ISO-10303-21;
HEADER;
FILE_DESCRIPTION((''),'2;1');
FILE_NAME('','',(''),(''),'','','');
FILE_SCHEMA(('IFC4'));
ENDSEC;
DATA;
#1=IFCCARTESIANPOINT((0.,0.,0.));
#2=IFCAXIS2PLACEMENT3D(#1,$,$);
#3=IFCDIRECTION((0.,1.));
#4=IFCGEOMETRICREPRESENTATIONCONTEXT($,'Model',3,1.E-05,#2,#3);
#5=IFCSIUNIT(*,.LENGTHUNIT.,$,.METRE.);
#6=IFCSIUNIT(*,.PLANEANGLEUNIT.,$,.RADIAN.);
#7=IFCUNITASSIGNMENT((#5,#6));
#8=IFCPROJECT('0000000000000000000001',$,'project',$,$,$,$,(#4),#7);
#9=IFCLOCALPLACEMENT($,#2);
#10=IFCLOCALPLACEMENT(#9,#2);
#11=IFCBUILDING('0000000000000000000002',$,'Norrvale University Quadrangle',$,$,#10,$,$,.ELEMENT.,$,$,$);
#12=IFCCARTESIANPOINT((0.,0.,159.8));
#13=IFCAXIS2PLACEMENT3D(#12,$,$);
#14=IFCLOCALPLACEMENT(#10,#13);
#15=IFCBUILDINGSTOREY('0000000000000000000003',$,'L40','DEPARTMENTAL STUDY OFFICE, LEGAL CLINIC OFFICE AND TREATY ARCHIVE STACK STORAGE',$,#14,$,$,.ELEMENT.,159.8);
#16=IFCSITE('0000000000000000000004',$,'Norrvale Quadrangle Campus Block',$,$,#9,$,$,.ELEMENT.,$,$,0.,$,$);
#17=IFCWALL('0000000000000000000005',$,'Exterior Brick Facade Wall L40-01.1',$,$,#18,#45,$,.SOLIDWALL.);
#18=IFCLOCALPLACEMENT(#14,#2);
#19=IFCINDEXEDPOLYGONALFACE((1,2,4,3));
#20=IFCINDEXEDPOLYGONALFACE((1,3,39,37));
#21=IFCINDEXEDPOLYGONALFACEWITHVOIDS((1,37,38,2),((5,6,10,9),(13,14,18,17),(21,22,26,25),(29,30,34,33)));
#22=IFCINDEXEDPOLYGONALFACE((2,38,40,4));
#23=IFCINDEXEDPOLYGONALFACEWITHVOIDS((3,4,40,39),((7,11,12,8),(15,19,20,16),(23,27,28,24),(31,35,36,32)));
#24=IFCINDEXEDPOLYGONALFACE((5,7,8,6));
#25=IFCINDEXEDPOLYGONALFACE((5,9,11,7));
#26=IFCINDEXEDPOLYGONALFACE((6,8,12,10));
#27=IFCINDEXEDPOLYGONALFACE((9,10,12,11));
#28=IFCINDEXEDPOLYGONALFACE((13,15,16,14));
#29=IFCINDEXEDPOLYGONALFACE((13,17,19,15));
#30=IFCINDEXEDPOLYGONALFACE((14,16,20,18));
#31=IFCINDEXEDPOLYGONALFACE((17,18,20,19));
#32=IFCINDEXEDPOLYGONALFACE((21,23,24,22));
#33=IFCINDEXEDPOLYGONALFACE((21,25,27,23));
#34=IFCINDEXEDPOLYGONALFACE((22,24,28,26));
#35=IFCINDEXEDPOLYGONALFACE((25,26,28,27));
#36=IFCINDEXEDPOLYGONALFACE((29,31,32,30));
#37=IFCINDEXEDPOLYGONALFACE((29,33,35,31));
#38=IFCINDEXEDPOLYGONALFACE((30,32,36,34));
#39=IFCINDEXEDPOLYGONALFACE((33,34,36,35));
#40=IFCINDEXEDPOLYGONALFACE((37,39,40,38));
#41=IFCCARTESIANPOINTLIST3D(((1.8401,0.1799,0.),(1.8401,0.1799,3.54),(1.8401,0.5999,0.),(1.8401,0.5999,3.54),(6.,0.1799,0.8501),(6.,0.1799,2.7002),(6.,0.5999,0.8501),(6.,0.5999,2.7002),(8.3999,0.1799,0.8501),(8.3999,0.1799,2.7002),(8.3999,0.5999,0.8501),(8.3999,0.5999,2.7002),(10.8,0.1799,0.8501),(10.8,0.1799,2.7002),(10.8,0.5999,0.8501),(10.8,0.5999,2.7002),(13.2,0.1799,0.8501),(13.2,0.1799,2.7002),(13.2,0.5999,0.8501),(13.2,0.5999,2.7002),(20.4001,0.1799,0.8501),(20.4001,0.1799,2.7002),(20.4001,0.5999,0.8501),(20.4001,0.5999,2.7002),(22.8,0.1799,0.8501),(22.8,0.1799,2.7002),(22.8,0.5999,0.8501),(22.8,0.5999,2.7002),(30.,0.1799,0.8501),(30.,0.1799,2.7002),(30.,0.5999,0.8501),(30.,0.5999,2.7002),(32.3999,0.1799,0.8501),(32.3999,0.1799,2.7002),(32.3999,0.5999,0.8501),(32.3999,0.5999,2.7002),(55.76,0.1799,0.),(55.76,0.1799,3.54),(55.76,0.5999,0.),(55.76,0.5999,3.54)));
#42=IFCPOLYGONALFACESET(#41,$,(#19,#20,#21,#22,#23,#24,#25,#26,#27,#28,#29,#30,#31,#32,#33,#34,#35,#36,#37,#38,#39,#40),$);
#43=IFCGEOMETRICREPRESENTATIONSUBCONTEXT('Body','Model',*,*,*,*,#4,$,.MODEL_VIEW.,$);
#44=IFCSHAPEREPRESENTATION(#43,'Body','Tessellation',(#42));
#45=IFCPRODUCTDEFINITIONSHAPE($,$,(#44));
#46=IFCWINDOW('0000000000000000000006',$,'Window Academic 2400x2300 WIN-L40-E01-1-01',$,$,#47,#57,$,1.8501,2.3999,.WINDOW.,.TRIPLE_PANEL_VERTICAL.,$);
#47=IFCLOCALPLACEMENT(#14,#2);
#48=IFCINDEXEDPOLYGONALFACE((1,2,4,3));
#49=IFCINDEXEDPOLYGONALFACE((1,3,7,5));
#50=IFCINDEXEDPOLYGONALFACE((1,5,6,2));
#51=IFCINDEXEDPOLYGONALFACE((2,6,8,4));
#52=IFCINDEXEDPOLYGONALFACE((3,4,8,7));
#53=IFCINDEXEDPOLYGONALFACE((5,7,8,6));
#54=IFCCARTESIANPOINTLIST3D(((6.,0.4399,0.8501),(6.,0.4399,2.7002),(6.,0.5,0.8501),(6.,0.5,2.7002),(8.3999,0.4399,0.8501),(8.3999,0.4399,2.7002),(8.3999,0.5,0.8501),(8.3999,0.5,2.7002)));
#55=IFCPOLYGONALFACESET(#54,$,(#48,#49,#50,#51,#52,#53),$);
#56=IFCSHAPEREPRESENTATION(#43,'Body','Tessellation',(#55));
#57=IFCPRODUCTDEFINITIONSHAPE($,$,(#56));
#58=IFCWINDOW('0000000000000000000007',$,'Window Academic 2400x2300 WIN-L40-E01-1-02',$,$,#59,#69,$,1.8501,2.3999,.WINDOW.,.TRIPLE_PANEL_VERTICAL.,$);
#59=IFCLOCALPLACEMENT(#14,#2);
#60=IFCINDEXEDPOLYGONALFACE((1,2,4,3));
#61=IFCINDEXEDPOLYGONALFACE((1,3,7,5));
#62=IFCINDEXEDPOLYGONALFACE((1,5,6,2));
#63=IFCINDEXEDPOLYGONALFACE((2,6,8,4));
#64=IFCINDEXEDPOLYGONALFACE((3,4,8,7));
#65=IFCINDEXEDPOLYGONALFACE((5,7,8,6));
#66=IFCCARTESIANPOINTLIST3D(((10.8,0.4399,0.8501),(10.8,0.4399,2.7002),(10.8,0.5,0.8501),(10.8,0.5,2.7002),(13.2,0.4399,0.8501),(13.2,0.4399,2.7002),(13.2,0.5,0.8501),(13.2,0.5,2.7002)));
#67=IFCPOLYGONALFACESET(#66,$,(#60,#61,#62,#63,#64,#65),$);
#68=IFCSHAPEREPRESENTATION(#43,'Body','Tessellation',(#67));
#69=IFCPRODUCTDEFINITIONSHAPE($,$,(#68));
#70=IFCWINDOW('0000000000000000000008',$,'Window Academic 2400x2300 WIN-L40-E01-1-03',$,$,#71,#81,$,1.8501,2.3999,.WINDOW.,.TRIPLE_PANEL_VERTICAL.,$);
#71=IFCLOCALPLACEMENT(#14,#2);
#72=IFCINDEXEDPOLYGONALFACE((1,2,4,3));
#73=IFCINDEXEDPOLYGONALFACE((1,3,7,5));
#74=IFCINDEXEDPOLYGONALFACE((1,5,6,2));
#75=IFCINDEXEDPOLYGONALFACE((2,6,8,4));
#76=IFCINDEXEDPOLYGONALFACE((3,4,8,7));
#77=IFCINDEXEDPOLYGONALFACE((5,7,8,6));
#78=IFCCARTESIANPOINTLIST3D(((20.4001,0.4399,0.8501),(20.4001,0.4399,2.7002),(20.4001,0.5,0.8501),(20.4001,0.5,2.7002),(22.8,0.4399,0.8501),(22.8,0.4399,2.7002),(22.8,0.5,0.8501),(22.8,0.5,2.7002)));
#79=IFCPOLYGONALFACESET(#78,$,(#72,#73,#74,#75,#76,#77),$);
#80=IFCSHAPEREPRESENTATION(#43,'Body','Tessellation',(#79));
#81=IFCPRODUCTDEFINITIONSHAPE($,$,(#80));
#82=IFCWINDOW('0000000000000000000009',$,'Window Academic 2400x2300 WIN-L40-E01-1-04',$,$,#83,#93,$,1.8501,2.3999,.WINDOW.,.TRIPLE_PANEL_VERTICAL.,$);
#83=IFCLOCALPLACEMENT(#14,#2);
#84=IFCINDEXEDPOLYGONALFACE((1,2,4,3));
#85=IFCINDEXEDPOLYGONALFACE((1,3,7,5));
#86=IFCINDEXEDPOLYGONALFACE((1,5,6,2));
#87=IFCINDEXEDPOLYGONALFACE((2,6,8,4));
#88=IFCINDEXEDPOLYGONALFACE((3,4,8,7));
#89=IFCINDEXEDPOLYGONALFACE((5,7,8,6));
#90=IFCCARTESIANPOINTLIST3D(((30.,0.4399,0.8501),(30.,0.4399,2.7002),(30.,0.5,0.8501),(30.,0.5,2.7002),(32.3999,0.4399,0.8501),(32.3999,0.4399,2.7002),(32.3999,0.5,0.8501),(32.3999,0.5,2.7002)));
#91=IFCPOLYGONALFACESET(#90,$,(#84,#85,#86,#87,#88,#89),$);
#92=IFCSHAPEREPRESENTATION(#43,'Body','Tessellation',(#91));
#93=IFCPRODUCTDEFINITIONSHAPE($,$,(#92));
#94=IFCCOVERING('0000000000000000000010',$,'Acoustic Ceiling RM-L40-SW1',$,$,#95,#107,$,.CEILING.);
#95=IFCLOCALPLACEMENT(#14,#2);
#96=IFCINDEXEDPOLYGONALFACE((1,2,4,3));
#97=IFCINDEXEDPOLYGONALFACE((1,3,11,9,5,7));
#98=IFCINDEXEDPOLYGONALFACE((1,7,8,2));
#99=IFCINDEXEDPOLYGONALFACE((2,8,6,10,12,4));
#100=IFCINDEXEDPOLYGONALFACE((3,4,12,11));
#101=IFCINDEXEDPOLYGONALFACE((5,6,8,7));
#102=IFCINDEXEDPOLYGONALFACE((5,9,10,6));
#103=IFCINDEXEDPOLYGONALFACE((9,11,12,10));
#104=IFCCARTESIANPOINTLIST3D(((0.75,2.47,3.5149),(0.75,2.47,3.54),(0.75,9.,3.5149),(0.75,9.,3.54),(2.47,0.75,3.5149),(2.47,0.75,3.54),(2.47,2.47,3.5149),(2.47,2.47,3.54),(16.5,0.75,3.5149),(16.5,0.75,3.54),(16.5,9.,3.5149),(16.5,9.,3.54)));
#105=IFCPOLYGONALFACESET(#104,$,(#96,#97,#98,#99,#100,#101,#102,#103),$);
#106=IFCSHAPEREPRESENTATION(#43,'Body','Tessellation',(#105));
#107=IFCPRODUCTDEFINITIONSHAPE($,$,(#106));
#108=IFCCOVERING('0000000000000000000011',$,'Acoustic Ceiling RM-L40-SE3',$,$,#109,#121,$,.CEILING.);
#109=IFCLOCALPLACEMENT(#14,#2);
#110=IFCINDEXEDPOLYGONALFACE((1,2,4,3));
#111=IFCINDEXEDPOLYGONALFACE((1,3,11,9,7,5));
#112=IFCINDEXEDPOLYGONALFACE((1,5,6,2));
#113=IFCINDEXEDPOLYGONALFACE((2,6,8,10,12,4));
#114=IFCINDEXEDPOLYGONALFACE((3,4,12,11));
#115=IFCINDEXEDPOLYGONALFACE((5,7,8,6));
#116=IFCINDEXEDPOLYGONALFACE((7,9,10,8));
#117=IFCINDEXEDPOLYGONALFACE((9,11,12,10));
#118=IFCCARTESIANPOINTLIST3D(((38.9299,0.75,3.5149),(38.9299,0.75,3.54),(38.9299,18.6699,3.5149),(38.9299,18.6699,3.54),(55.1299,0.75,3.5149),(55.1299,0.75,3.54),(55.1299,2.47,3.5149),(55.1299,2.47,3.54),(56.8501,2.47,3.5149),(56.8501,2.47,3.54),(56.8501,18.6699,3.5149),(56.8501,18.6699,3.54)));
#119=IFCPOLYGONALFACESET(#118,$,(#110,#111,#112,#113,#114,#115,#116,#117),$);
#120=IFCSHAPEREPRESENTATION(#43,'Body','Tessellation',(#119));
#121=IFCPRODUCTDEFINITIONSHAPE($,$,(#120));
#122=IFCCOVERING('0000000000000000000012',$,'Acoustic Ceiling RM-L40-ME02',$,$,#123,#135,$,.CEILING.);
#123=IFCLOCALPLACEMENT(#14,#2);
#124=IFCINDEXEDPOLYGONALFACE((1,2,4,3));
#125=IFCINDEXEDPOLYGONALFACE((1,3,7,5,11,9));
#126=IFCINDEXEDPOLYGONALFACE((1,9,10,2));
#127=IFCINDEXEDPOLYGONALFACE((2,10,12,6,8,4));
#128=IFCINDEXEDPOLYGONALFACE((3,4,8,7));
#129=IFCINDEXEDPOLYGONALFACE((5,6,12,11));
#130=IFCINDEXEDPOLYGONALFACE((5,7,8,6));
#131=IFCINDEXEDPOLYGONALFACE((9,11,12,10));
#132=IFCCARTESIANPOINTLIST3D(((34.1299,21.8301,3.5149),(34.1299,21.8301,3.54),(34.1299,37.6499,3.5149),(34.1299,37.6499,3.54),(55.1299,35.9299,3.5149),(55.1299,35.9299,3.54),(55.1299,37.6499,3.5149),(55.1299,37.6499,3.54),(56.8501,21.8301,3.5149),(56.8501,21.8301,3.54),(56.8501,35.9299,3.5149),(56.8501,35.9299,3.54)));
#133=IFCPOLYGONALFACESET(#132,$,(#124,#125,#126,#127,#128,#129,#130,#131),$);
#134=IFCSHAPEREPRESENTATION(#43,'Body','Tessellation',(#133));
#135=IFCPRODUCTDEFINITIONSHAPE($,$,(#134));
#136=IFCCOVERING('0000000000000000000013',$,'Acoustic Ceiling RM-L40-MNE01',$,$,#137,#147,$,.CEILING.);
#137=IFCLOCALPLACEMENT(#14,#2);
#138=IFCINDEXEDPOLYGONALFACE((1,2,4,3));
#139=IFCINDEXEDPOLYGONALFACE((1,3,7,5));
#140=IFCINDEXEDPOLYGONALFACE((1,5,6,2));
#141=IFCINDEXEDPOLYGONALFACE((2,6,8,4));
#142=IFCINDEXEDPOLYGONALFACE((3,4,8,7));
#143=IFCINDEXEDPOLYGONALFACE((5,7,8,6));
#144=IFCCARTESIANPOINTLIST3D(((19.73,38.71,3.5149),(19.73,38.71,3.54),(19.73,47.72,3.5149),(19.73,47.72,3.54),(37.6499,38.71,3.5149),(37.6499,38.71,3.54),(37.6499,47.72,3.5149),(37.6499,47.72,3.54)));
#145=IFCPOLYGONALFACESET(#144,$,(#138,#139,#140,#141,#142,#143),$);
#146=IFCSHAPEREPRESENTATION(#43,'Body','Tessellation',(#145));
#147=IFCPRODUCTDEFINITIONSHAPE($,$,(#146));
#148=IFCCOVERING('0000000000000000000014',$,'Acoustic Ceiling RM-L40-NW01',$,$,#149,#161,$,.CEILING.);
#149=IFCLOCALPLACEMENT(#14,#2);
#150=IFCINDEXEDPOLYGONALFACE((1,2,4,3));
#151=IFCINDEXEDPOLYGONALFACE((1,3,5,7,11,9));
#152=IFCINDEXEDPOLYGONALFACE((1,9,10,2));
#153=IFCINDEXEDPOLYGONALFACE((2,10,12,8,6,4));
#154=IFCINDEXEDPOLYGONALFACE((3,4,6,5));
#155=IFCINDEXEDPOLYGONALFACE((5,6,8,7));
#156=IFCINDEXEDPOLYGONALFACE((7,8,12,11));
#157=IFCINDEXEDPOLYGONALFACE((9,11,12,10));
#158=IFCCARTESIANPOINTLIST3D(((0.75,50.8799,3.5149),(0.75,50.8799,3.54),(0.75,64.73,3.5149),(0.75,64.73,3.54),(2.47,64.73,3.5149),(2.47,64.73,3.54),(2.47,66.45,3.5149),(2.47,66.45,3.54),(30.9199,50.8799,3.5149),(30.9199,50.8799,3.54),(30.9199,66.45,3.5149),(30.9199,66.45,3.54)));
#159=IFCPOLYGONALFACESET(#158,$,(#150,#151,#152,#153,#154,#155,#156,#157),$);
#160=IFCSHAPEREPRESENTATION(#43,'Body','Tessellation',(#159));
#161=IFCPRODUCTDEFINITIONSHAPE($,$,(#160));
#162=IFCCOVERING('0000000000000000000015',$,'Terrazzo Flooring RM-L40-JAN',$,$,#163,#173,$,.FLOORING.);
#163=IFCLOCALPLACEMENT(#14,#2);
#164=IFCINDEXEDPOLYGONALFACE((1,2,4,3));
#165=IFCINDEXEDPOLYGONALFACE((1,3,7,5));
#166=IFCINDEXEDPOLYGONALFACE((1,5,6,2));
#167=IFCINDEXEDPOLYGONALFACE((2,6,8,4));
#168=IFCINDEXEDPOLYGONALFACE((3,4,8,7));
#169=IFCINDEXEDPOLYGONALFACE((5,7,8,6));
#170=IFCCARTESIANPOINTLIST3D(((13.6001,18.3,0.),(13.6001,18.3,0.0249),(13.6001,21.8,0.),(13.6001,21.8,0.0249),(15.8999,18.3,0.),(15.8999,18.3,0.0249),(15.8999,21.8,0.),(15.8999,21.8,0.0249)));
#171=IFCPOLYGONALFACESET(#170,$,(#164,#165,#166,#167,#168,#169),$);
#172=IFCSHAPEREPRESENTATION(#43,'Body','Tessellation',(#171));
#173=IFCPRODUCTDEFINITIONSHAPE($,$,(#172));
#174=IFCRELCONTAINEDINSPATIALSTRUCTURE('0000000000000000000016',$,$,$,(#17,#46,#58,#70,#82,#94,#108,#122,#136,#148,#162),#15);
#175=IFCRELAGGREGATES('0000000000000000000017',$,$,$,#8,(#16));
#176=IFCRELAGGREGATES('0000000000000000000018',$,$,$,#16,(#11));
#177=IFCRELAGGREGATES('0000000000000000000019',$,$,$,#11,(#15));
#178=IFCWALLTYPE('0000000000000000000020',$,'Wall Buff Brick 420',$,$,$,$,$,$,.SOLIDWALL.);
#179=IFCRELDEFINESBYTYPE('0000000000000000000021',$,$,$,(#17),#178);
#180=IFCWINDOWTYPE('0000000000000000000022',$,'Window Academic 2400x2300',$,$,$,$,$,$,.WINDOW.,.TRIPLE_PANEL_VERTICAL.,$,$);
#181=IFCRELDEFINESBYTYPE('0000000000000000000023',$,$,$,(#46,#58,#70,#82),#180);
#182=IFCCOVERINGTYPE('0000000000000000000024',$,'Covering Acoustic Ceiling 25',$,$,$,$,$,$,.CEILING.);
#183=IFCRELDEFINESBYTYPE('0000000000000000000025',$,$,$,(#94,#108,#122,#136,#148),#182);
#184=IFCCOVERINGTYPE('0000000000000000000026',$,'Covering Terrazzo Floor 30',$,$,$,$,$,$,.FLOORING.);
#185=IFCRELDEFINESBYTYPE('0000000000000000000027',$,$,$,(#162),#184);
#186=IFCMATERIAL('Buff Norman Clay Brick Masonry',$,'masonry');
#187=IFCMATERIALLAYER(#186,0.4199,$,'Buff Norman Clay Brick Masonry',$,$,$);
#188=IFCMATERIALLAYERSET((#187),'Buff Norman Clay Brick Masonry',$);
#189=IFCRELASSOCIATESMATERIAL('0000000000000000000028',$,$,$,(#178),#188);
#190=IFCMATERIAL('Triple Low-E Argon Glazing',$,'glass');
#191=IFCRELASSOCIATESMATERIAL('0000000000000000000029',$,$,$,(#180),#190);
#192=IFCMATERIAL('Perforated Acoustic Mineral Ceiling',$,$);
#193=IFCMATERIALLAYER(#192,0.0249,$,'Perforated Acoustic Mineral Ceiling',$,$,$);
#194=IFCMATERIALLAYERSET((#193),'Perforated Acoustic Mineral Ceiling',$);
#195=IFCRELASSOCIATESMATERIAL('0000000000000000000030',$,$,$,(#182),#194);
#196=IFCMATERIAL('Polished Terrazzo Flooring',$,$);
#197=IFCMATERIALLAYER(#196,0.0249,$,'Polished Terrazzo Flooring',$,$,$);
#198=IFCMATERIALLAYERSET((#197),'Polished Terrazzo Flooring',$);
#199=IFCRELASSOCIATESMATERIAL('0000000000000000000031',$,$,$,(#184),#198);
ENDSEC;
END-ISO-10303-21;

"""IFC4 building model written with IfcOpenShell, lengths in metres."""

from ifc_helpers import new_model, si_unit, direction, frame, frame_2d, origin, place, context, subcontext, project, spatial, polyline, rectangle, outline, extrude, material, layer, layer_set, type_object, element, fill, save


model = new_model("IFC4")

# Units and contexts
model_context = context("Model", 3, precision=1e-05, world=origin(), true_north=direction((0.0, 1.0)))
body_context = subcontext(model_context, "Body", "Model", "MODEL_VIEW")
ifc_project = project(units=[si_unit("LENGTHUNIT", "METRE"), si_unit("PLANEANGLEUNIT", "RADIAN")], contexts=[model_context])

# Site, building, storey
site_placement = place(None, origin())
site = spatial("IfcSite", under=ifc_project, at=site_placement, Name="Norrvale Quadrangle Campus Block", CompositionType="ELEMENT", RefElevation=0.0)
building_placement = place(site_placement, origin())
building = spatial("IfcBuilding", under=site, at=building_placement, Name="Norrvale University Quadrangle", CompositionType="ELEMENT")
storey_placement = place(building_placement, frame((0.0, 0.0, 159.8)))
storey = spatial("IfcBuildingStorey", under=building, at=storey_placement, Name="L40", Description="DEPARTMENTAL STUDY OFFICE, LEGAL CLINIC OFFICE AND TREATY ARCHIVE STACK STORAGE", CompositionType="ELEMENT", Elevation=159.8)

# Wall, openings, windows
ifc_material_1 = material(Name="Buff Norman Clay Brick Masonry", Category="masonry")
ifc_layer_1 = layer(ifc_material_1, 0.4199, Name="Buff Norman Clay Brick Masonry")
ifc_layer_set_1 = layer_set([ifc_layer_1], Name="Buff Norman Clay Brick Masonry")
wall_type = type_object("IfcWallType", Name="Wall Buff Brick 420", PredefinedType="SOLIDWALL", material=ifc_layer_set_1)
wall_placement = place(storey_placement, frame((1.8401, 0.3899, 0.0), z_axis=(0.0, 0.0, 1.0), x_axis=(1.0, 0.0, 0.0)))
wall = element("IfcWall", 1, at=wall_placement, inside=storey, type_object=wall_type, Name="Exterior Brick Facade Wall L40-01.1", PredefinedType="SOLIDWALL", context=body_context, shape_type="SweptSolid", body=[
    extrude(rectangle(XDim=53.9199, YDim=0.4199, at=frame_2d((26.96, 0.0))), origin(), (0.0, 0.0, 1.0), 3.54),
])
opening_1_placement = place(wall_placement, frame((4.1599, 0.0, 0.8501)))
opening_1 = element("IfcOpeningElement", 2, at=opening_1_placement, cuts=wall, PredefinedType="OPENING", context=body_context, shape_type="SweptSolid", body=[
    extrude(rectangle(XDim=2.3999, YDim=1.8501, at=frame_2d((1.2, 0.925))), frame((0.0, 0.2219, 0.0), z_axis=(0.0, -1.0, 0.0), x_axis=(1.0, 0.0, 0.0)), (0.0, 0.0, 1.0), 0.4438),
])
opening_2_placement = place(wall_placement, frame((8.96, 0.0, 0.8501)))
opening_2 = element("IfcOpeningElement", 3, at=opening_2_placement, cuts=wall, PredefinedType="OPENING", context=body_context, shape_type="SweptSolid", body=[
    extrude(rectangle(XDim=2.3999, YDim=1.8501, at=frame_2d((1.2, 0.925))), frame((0.0, 0.2219, 0.0), z_axis=(0.0, -1.0, 0.0), x_axis=(1.0, 0.0, 0.0)), (0.0, 0.0, 1.0), 0.4438),
])
opening_3_placement = place(wall_placement, frame((18.5601, 0.0, 0.8501)))
opening_3 = element("IfcOpeningElement", 4, at=opening_3_placement, cuts=wall, PredefinedType="OPENING", context=body_context, shape_type="SweptSolid", body=[
    extrude(rectangle(XDim=2.3999, YDim=1.8501, at=frame_2d((1.2, 0.925))), frame((0.0, 0.2219, 0.0), z_axis=(0.0, -1.0, 0.0), x_axis=(1.0, 0.0, 0.0)), (0.0, 0.0, 1.0), 0.4438),
])
opening_4_placement = place(wall_placement, frame((28.1599, 0.0, 0.8501)))
opening_4 = element("IfcOpeningElement", 5, at=opening_4_placement, cuts=wall, PredefinedType="OPENING", context=body_context, shape_type="SweptSolid", body=[
    extrude(rectangle(XDim=2.3999, YDim=1.8501, at=frame_2d((1.2, 0.925))), frame((0.0, 0.2219, 0.0), z_axis=(0.0, -1.0, 0.0), x_axis=(1.0, 0.0, 0.0)), (0.0, 0.0, 1.0), 0.4438),
])
ifc_material_2 = material(Name="Triple Low-E Argon Glazing", Category="glass")
window_type = type_object("IfcWindowType", Name="Window Academic 2400x2300", PartitioningType="TRIPLE_PANEL_VERTICAL", PredefinedType="WINDOW", material=ifc_material_2)
window_1_placement = place(opening_1_placement, origin())
window_1 = element("IfcWindow", 6, at=window_1_placement, inside=storey, type_object=window_type, Name="Window Academic 2400x2300 WIN-L40-E01-1-01", OverallHeight=1.8501, OverallWidth=2.3999, PartitioningType="TRIPLE_PANEL_VERTICAL", PredefinedType="WINDOW", context=body_context, shape_type="SweptSolid", body=[
    extrude(rectangle(XDim=2.3999, YDim=1.8501, at=frame_2d((1.2, 0.925))), frame((0.0, 0.1101, 0.0), z_axis=(0.0, -1.0, 0.0), x_axis=(1.0, 0.0, 0.0)), (0.0, 0.0, 1.0), 0.0601),
])
fill(opening_1, window_1)
window_2_placement = place(opening_2_placement, origin())
window_2 = element("IfcWindow", 7, at=window_2_placement, inside=storey, type_object=window_type, Name="Window Academic 2400x2300 WIN-L40-E01-1-02", OverallHeight=1.8501, OverallWidth=2.3999, PartitioningType="TRIPLE_PANEL_VERTICAL", PredefinedType="WINDOW", context=body_context, shape_type="SweptSolid", body=[
    extrude(rectangle(XDim=2.3999, YDim=1.8501, at=frame_2d((1.2, 0.925))), frame((0.0, 0.1101, 0.0), z_axis=(0.0, -1.0, 0.0), x_axis=(1.0, 0.0, 0.0)), (0.0, 0.0, 1.0), 0.0601),
])
fill(opening_2, window_2)
window_3_placement = place(opening_3_placement, origin())
window_3 = element("IfcWindow", 8, at=window_3_placement, inside=storey, type_object=window_type, Name="Window Academic 2400x2300 WIN-L40-E01-1-03", OverallHeight=1.8501, OverallWidth=2.3999, PartitioningType="TRIPLE_PANEL_VERTICAL", PredefinedType="WINDOW", context=body_context, shape_type="SweptSolid", body=[
    extrude(rectangle(XDim=2.3999, YDim=1.8501, at=frame_2d((1.2, 0.925))), frame((0.0, 0.1101, 0.0), z_axis=(0.0, -1.0, 0.0), x_axis=(1.0, 0.0, 0.0)), (0.0, 0.0, 1.0), 0.0601),
])
fill(opening_3, window_3)
window_4_placement = place(opening_4_placement, origin())
window_4 = element("IfcWindow", 9, at=window_4_placement, inside=storey, type_object=window_type, Name="Window Academic 2400x2300 WIN-L40-E01-1-04", OverallHeight=1.8501, OverallWidth=2.3999, PartitioningType="TRIPLE_PANEL_VERTICAL", PredefinedType="WINDOW", context=body_context, shape_type="SweptSolid", body=[
    extrude(rectangle(XDim=2.3999, YDim=1.8501, at=frame_2d((1.2, 0.925))), frame((0.0, 0.1101, 0.0), z_axis=(0.0, -1.0, 0.0), x_axis=(1.0, 0.0, 0.0)), (0.0, 0.0, 1.0), 0.0601),
])
fill(opening_4, window_4)

# Coverings
ifc_material_3 = material(Name="Perforated Acoustic Mineral Ceiling")
ifc_layer_2 = layer(ifc_material_3, 0.0249, Name="Perforated Acoustic Mineral Ceiling")
ifc_layer_set_2 = layer_set([ifc_layer_2], Name="Perforated Acoustic Mineral Ceiling")
covering_type_1 = type_object("IfcCoveringType", Name="Covering Acoustic Ceiling 25", PredefinedType="CEILING", material=ifc_layer_set_2)
covering_1_placement = place(storey_placement, frame((0.0, 0.0, 3.5149)))
element("IfcCovering", 10, at=covering_1_placement, inside=storey, type_object=covering_type_1, Name="Acoustic Ceiling RM-L40-SW1", PredefinedType="CEILING", context=body_context, shape_type="SweptSolid", body=[
    extrude(outline(polyline([(0.75, 9.0), (16.5, 9.0), (16.5, 0.75), (2.47, 0.75), (2.47, 2.47), (0.75, 2.47), (0.75, 9.0)])), origin(), (0.0, 0.0, 1.0), 0.0251),
])
covering_2_placement = place(storey_placement, frame((0.0, 0.0, 3.5149)))
element("IfcCovering", 11, at=covering_2_placement, inside=storey, type_object=covering_type_1, Name="Acoustic Ceiling RM-L40-SE3", PredefinedType="CEILING", context=body_context, shape_type="SweptSolid", body=[
    extrude(outline(polyline([(38.9299, 0.75), (38.9299, 18.6699), (56.8501, 18.6699), (56.8501, 2.47), (55.1299, 2.47), (55.1299, 0.75), (38.9299, 0.75)])), origin(), (0.0, 0.0, 1.0), 0.0251),
])
covering_3_placement = place(storey_placement, frame((0.0, 0.0, 3.5149)))
element("IfcCovering", 12, at=covering_3_placement, inside=storey, type_object=covering_type_1, Name="Acoustic Ceiling RM-L40-ME02", PredefinedType="CEILING", context=body_context, shape_type="SweptSolid", body=[
    extrude(outline(polyline([(56.8501, 21.8301), (34.1299, 21.8301), (34.1299, 37.6499), (55.1299, 37.6499), (55.1299, 35.9299), (56.8501, 35.9299), (56.8501, 21.8301)])), origin(), (0.0, 0.0, 1.0), 0.0251),
])
covering_4_placement = place(storey_placement, frame((0.0, 0.0, 3.5149)))
element("IfcCovering", 13, at=covering_4_placement, inside=storey, type_object=covering_type_1, Name="Acoustic Ceiling RM-L40-MNE01", PredefinedType="CEILING", context=body_context, shape_type="SweptSolid", body=[
    extrude(outline(polyline([(19.73, 47.72), (37.6499, 47.72), (37.6499, 38.71), (19.73, 38.71), (19.73, 47.72)])), origin(), (0.0, 0.0, 1.0), 0.0251),
])
covering_5_placement = place(storey_placement, frame((0.0, 0.0, 3.5149)))
element("IfcCovering", 14, at=covering_5_placement, inside=storey, type_object=covering_type_1, Name="Acoustic Ceiling RM-L40-NW01", PredefinedType="CEILING", context=body_context, shape_type="SweptSolid", body=[
    extrude(outline(polyline([(30.9199, 66.45), (30.9199, 50.8799), (0.75, 50.8799), (0.75, 64.73), (2.47, 64.73), (2.47, 66.45), (30.9199, 66.45)])), origin(), (0.0, 0.0, 1.0), 0.0251),
])
ifc_material_4 = material(Name="Polished Terrazzo Flooring")
ifc_layer_3 = layer(ifc_material_4, 0.0249, Name="Polished Terrazzo Flooring")
ifc_layer_set_3 = layer_set([ifc_layer_3], Name="Polished Terrazzo Flooring")
covering_type_2 = type_object("IfcCoveringType", Name="Covering Terrazzo Floor 30", PredefinedType="FLOORING", material=ifc_layer_set_3)
covering_6_placement = place(storey_placement, origin())
element("IfcCovering", 15, at=covering_6_placement, inside=storey, type_object=covering_type_2, Name="Terrazzo Flooring RM-L40-JAN", PredefinedType="FLOORING", context=body_context, shape_type="SweptSolid", body=[
    extrude(outline(polyline([(13.6001, 18.3), (13.6001, 21.8), (15.8999, 21.8), (15.8999, 18.3), (13.6001, 18.3)])), origin(), (0.0, 0.0, 1.0), 0.0249),
])

save(model, "model.ifc")
